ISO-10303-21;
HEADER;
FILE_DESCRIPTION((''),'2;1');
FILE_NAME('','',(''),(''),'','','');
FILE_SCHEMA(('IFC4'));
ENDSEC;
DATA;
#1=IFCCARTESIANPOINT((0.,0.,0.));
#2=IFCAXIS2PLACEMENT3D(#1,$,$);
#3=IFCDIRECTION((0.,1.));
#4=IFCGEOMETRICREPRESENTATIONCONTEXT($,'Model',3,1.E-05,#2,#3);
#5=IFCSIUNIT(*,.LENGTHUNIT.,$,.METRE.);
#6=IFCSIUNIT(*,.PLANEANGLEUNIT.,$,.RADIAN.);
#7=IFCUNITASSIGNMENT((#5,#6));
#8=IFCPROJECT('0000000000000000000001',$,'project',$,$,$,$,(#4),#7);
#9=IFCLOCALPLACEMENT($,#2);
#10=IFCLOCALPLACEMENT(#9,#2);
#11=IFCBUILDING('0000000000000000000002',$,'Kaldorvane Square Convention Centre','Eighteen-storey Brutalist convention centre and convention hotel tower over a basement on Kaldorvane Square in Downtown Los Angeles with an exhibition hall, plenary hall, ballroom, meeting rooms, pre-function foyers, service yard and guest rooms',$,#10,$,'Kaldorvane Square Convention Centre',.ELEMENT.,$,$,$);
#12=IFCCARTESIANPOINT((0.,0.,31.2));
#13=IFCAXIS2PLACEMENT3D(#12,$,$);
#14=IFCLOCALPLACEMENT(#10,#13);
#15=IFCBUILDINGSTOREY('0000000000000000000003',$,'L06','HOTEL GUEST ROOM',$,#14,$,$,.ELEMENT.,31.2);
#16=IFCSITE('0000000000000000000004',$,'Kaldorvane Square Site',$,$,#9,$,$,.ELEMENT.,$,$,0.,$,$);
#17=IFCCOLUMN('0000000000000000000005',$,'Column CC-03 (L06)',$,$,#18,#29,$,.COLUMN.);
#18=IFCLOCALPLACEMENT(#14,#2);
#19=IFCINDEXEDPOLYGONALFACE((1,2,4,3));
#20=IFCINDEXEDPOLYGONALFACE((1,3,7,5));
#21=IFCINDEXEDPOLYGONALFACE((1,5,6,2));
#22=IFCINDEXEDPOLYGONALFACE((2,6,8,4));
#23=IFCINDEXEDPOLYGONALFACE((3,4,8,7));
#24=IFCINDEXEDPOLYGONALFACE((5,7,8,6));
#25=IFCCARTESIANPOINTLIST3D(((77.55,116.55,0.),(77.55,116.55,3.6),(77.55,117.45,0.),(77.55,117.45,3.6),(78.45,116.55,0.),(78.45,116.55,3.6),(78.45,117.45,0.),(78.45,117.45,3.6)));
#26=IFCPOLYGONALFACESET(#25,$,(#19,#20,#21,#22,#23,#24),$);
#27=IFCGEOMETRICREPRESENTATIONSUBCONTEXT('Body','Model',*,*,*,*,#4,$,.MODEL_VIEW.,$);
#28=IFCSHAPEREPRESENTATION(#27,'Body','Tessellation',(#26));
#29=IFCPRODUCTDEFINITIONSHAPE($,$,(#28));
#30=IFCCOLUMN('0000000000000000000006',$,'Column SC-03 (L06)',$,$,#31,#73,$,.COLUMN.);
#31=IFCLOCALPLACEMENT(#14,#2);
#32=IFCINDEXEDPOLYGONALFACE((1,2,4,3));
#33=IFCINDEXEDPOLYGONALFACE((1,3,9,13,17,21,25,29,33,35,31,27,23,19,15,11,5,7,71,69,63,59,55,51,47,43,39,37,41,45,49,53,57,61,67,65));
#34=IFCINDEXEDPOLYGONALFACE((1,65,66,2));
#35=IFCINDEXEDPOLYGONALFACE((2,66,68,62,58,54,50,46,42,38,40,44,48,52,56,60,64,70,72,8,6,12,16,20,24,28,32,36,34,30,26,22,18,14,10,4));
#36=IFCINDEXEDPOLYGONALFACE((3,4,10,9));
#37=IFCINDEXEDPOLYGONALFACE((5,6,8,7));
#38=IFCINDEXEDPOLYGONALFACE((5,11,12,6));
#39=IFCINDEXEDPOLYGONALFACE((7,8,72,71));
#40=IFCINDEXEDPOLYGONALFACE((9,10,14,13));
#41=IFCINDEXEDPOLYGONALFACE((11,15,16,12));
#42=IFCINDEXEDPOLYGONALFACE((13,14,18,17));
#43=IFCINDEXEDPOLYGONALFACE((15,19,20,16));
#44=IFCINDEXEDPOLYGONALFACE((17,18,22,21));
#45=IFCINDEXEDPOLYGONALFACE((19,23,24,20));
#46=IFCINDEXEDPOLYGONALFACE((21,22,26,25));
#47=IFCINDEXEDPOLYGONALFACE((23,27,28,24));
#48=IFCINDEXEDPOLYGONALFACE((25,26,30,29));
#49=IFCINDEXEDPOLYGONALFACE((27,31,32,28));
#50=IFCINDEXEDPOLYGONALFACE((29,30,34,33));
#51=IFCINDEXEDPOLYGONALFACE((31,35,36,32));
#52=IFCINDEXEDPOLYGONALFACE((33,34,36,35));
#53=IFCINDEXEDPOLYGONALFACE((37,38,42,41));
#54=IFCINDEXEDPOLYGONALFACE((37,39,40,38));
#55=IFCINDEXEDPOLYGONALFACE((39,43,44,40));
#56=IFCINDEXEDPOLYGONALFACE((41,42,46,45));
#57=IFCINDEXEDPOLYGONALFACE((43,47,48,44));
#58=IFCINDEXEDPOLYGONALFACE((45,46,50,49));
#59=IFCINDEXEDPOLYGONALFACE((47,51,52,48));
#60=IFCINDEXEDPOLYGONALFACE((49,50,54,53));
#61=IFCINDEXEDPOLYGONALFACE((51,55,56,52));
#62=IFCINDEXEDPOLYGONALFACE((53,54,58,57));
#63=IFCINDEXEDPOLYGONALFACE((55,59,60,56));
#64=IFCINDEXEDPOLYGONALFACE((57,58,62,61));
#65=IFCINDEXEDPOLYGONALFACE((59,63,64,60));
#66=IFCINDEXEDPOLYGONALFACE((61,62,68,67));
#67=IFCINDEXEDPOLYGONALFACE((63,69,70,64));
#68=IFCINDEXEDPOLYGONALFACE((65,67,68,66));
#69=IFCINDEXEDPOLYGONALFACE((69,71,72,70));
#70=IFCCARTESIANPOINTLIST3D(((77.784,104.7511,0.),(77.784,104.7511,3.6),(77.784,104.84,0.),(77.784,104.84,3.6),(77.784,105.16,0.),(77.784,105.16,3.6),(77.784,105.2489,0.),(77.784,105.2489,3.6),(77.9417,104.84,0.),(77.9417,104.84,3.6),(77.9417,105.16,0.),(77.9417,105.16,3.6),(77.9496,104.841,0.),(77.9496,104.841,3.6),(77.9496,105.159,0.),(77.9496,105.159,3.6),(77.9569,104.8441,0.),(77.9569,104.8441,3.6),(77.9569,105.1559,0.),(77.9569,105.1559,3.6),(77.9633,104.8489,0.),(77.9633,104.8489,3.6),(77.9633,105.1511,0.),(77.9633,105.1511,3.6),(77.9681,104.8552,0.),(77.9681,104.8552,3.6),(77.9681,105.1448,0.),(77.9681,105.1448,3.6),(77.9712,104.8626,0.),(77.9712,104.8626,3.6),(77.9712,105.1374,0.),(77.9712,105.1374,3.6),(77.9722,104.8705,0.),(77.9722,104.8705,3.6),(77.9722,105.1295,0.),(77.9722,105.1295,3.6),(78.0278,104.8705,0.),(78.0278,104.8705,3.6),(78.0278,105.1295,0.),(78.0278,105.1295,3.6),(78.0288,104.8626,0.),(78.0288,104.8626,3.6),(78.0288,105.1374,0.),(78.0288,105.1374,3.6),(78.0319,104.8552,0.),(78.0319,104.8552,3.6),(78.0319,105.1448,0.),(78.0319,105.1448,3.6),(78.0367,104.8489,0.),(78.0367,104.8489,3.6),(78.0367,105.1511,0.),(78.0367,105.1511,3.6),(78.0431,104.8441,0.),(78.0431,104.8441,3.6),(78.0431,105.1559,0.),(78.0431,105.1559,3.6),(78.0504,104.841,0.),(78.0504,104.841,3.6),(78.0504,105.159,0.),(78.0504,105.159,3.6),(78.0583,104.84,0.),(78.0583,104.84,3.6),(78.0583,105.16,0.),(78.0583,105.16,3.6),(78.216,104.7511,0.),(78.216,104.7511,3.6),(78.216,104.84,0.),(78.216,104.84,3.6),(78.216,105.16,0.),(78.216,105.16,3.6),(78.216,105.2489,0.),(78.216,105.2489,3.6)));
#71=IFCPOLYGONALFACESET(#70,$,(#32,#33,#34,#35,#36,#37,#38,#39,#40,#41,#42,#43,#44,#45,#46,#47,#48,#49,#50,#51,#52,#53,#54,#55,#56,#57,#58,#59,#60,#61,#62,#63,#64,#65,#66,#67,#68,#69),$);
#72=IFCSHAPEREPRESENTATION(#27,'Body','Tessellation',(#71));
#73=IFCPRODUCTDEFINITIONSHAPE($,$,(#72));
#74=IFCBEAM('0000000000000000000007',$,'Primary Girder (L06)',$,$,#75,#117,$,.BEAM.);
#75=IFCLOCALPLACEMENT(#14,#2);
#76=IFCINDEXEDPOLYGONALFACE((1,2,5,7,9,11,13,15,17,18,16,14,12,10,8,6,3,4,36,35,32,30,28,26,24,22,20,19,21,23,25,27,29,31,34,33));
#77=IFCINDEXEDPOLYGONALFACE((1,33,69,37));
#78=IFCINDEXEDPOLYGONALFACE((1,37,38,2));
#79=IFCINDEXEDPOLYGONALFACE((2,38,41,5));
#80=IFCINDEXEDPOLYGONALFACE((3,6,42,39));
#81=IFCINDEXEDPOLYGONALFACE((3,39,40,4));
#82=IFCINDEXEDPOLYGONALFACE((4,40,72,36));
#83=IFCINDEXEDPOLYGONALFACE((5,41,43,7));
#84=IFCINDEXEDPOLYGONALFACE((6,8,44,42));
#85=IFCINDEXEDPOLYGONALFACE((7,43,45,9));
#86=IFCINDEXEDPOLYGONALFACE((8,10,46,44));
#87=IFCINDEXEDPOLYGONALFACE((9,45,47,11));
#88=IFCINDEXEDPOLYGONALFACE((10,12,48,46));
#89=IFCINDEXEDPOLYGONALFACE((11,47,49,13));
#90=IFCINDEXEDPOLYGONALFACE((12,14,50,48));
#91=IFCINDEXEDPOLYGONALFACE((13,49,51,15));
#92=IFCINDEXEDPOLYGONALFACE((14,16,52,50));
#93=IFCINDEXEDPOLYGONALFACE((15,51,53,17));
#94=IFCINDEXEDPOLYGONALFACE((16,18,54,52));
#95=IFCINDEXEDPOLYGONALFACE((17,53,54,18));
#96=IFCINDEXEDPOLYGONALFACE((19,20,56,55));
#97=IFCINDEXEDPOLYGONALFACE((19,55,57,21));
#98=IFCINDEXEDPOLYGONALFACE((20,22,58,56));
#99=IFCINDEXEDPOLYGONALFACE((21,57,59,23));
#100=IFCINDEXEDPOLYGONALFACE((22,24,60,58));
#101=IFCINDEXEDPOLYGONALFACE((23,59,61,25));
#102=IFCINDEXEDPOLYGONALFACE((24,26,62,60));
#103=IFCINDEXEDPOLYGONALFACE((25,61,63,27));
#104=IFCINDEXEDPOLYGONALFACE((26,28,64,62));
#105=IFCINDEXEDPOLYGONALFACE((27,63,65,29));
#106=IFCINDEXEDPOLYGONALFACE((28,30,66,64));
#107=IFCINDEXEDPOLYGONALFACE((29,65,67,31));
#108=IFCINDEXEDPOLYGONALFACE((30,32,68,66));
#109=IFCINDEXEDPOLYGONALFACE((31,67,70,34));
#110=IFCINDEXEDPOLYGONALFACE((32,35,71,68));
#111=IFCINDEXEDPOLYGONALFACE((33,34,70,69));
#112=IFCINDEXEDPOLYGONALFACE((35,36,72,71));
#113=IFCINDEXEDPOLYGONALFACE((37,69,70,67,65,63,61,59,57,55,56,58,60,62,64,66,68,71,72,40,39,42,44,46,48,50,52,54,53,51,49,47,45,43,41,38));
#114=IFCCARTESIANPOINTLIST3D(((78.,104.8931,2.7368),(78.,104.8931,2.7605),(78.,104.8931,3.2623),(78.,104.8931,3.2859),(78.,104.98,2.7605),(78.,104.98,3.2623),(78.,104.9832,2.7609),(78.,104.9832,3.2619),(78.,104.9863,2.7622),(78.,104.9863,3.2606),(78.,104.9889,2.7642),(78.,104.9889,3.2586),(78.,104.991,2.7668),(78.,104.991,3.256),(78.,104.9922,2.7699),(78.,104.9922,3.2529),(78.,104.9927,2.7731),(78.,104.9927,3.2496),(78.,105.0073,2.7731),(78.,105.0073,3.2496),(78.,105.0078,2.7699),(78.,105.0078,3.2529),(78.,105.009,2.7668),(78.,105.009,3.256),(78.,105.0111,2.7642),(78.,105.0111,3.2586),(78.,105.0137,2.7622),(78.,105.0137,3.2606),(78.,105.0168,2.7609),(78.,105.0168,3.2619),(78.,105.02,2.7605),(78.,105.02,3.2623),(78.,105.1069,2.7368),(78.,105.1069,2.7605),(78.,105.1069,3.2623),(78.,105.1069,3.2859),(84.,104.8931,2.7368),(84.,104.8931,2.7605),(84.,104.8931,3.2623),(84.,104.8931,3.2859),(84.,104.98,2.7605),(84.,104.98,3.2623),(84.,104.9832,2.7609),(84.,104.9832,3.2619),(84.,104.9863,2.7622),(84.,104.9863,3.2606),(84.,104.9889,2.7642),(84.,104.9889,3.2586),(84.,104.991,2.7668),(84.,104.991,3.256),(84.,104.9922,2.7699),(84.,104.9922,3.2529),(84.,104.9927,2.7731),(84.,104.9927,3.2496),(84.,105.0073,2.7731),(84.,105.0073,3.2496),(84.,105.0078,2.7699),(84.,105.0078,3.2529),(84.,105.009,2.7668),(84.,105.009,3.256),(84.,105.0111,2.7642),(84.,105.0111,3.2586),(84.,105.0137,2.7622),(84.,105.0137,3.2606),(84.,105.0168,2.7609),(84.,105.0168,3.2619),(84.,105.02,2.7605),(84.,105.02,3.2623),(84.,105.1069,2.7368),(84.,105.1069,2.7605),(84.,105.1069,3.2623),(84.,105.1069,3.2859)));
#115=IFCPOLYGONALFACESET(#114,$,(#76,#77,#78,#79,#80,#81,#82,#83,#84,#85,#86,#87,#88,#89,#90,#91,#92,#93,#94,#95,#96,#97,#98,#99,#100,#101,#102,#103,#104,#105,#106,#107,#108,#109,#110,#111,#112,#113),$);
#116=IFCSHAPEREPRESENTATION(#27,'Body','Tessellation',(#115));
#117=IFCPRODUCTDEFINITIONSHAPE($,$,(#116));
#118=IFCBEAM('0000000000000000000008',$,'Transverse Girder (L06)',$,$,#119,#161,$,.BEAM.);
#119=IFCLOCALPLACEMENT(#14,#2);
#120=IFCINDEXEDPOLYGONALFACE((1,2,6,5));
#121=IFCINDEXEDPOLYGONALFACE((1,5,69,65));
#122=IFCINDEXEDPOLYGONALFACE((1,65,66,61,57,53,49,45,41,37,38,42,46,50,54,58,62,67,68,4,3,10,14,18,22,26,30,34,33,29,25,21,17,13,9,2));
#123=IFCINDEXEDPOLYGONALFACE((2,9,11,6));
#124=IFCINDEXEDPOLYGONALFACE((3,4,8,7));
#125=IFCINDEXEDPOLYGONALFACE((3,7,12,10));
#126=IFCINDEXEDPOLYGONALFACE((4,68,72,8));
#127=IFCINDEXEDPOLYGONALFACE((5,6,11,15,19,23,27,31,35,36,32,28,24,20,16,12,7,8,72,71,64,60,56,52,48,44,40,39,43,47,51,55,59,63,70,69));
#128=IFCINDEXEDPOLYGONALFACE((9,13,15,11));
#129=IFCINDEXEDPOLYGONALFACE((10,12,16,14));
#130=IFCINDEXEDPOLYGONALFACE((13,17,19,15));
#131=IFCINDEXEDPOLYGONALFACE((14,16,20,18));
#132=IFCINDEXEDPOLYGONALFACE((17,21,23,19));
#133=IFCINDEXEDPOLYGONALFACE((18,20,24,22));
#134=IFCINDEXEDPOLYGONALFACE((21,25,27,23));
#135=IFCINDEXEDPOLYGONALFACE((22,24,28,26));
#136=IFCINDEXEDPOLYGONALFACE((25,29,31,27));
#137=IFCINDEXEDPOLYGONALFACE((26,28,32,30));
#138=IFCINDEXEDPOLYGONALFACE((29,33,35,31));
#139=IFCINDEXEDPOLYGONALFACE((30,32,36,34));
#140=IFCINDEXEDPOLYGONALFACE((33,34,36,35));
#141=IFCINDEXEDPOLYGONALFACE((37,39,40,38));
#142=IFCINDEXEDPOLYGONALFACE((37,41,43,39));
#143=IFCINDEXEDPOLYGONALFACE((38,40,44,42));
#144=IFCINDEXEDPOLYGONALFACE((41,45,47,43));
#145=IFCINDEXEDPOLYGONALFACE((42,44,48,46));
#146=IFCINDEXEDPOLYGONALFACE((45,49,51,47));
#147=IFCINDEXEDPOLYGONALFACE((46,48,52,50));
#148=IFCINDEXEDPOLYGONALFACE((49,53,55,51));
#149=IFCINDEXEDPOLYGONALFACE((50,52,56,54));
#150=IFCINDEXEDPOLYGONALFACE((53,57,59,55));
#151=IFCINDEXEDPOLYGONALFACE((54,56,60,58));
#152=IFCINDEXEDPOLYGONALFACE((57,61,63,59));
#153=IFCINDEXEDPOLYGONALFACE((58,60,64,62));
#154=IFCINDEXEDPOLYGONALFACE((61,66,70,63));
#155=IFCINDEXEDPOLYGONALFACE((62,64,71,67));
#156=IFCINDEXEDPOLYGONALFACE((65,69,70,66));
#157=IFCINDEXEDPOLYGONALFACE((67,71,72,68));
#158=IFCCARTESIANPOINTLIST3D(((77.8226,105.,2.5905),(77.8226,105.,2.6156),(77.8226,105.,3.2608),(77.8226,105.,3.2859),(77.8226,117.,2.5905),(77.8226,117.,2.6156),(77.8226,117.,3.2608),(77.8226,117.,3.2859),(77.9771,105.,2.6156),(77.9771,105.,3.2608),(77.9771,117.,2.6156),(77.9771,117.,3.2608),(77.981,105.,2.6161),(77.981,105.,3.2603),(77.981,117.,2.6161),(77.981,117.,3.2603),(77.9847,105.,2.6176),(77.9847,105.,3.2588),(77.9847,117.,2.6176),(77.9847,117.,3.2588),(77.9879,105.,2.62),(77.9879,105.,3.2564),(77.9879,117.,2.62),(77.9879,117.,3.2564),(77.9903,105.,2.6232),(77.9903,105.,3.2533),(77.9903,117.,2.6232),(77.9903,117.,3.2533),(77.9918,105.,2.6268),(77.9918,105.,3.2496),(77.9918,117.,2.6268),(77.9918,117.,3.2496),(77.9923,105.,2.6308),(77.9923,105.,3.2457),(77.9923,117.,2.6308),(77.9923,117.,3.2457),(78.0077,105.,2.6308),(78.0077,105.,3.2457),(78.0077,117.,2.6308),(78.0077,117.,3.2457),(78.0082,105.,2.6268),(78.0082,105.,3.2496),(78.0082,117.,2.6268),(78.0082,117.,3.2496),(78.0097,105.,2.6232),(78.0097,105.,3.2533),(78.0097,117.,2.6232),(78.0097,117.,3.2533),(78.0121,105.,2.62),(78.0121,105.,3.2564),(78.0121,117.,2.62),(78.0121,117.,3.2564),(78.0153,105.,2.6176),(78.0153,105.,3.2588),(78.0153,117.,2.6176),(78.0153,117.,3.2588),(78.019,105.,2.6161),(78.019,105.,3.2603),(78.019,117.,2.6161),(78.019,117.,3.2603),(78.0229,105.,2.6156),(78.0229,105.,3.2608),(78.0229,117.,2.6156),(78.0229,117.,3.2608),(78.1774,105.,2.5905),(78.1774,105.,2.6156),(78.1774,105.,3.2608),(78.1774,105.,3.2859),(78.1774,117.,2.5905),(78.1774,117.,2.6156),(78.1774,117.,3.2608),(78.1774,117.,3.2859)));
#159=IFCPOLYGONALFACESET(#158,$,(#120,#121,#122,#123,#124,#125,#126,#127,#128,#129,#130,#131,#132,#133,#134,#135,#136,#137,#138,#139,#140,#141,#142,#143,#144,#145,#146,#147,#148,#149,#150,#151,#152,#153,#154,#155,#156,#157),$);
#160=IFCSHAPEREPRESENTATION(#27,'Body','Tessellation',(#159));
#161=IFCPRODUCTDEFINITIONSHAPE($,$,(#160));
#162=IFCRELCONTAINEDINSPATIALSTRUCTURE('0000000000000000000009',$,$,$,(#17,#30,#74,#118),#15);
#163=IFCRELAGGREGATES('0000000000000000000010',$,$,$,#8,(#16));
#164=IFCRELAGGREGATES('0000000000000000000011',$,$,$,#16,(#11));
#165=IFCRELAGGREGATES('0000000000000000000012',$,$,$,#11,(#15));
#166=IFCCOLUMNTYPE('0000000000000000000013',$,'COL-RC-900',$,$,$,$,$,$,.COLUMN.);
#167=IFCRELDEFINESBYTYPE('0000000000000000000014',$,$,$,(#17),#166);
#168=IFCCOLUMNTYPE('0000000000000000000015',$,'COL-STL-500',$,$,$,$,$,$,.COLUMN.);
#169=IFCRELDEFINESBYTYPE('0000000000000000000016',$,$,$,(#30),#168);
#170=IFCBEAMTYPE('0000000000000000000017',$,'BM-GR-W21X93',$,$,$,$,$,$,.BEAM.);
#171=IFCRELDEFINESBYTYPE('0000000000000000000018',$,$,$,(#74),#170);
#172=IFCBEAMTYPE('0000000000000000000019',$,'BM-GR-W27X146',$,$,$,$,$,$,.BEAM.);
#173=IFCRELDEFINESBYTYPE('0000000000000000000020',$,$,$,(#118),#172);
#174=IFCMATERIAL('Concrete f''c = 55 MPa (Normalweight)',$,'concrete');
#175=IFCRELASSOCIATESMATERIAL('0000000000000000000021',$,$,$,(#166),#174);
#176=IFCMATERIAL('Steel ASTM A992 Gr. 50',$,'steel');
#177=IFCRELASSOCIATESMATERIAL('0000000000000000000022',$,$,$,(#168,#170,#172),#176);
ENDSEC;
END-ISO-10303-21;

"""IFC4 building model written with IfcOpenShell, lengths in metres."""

from ifc_helpers import new_model, si_unit, direction, frame, origin, origin_2d, place, context, subcontext, project, spatial, rectangle, i_section, extrude, material, material_profile, profile_set, type_object, element, save


model = new_model("IFC4")

# Units and contexts
model_context = context("Model", 3, precision=1e-05, world=origin(), true_north=direction((0.0, 1.0)))
body_context = subcontext(model_context, "Body", "Model", "MODEL_VIEW")
ifc_project = project(units=[si_unit("LENGTHUNIT", "METRE"), si_unit("PLANEANGLEUNIT", "RADIAN")], contexts=[model_context])

# Site, building, storey
site_placement = place(None, origin())
site = spatial("IfcSite", under=ifc_project, at=site_placement, Name="Kaldorvane Square Site", CompositionType="ELEMENT", RefElevation=0.0)
building_placement = place(site_placement, origin())
building = spatial("IfcBuilding", under=site, at=building_placement, Name="Kaldorvane Square Convention Centre", Description="Eighteen-storey Brutalist convention centre and convention hotel tower over a basement on Kaldorvane Square in Downtown Los Angeles with an exhibition hall, plenary hall, ballroom, meeting rooms, pre-function foyers, service yard and guest rooms", LongName="Kaldorvane Square Convention Centre", CompositionType="ELEMENT")
storey_placement = place(building_placement, frame((0.0, 0.0, 31.2)))
storey = spatial("IfcBuildingStorey", under=building, at=storey_placement, Name="L06", Description="HOTEL GUEST ROOM", CompositionType="ELEMENT", Elevation=31.2)

# Columns
ifc_material_1 = material(Name="Concrete f'c = 55 MPa (Normalweight)", Category="concrete")
ifc_material_profile_1 = material_profile(ifc_material_1, rectangle(XDim=0.9, YDim=0.9, at=origin_2d()), Name="RC900X900")
ifc_profile_set_1 = profile_set([ifc_material_profile_1], Name="Concrete f'c = 55 MPa (Normalweight)")
column_type_1 = type_object("IfcColumnType", Name="COL-RC-900", PredefinedType="COLUMN", material=ifc_profile_set_1)
column_1_placement = place(storey_placement, frame((78.0, 117.0, 0.0), z_axis=(0.0, 0.0, 1.0), x_axis=(1.0, 0.0, 0.0)))
element("IfcColumn", 1, at=column_1_placement, inside=storey, type_object=column_type_1, Name="Column CC-03 (L06)", PredefinedType="COLUMN", context=body_context, shape_type="SweptSolid", body=[
    extrude(rectangle(XDim=0.9, YDim=0.9, at=origin_2d()), origin(), (0.0, 0.0, 1.0), 3.6),
])
ifc_material_2 = material(Name="Steel ASTM A992 Gr. 50", Category="steel")
ifc_material_profile_2 = material_profile(ifc_material_2, i_section(OverallWidth=0.4321, OverallDepth=0.4978, WebThickness=0.0556, FlangeThickness=0.0889, FilletRadius=0.0305, at=origin_2d()), Name="W14X500")
ifc_profile_set_2 = profile_set([ifc_material_profile_2], Name="Steel ASTM A992 Gr. 50")
column_type_2 = type_object("IfcColumnType", Name="COL-STL-500", PredefinedType="COLUMN", material=ifc_profile_set_2)
column_2_placement = place(storey_placement, frame((78.0, 105.0, 0.0), z_axis=(0.0, 0.0, 1.0), x_axis=(1.0, 0.0, 0.0)))
element("IfcColumn", 2, at=column_2_placement, inside=storey, type_object=column_type_2, Name="Column SC-03 (L06)", PredefinedType="COLUMN", context=body_context, shape_type="SweptSolid", body=[
    extrude(i_section(OverallWidth=0.4321, OverallDepth=0.4978, WebThickness=0.0556, FlangeThickness=0.0889, FilletRadius=0.0305, at=origin_2d()), origin(), (0.0, 0.0, 1.0), 3.6),
])

# Beams
ifc_material_profile_3 = material_profile(ifc_material_2, i_section(OverallWidth=0.2139, OverallDepth=0.5491, WebThickness=0.0147, FlangeThickness=0.0236, FilletRadius=0.0127, at=origin_2d()), Name="W21X93")
ifc_profile_set_3 = profile_set([ifc_material_profile_3], Name="Steel ASTM A992 Gr. 50")
beam_type_1 = type_object("IfcBeamType", Name="BM-GR-W21X93", PredefinedType="BEAM", material=ifc_profile_set_3)
beam_1_placement = place(storey_placement, frame((78.0, 105.0, 3.0114), z_axis=(1.0, 0.0, 0.0), x_axis=(0.0, 1.0, 0.0)))
element("IfcBeam", 3, at=beam_1_placement, inside=storey, type_object=beam_type_1, Name="Primary Girder (L06)", PredefinedType="BEAM", context=body_context, shape_type="SweptSolid", body=[
    extrude(i_section(OverallWidth=0.2139, OverallDepth=0.5491, WebThickness=0.0147, FlangeThickness=0.0236, FilletRadius=0.0127, at=origin_2d()), origin(), (0.0, 0.0, 1.0), 6.0),
])
ifc_material_profile_4 = material_profile(ifc_material_2, i_section(OverallWidth=0.3547, OverallDepth=0.6955, WebThickness=0.0154, FlangeThickness=0.0251, FilletRadius=0.0152, at=origin_2d()), Name="W27X146")
ifc_profile_set_4 = profile_set([ifc_material_profile_4], Name="Steel ASTM A992 Gr. 50")
beam_type_2 = type_object("IfcBeamType", Name="BM-GR-W27X146", PredefinedType="BEAM", material=ifc_profile_set_4)
beam_2_placement = place(storey_placement, frame((78.0, 105.0, 2.9382), z_axis=(0.0, 1.0, 0.0), x_axis=(-1.0, 0.0, 0.0)))
element("IfcBeam", 4, at=beam_2_placement, inside=storey, type_object=beam_type_2, Name="Transverse Girder (L06)", PredefinedType="BEAM", context=body_context, shape_type="SweptSolid", body=[
    extrude(i_section(OverallWidth=0.3547, OverallDepth=0.6955, WebThickness=0.0154, FlangeThickness=0.0251, FilletRadius=0.0152, at=origin_2d()), origin(), (0.0, 0.0, 1.0), 12.0),
])

save(model, "model.ifc")
